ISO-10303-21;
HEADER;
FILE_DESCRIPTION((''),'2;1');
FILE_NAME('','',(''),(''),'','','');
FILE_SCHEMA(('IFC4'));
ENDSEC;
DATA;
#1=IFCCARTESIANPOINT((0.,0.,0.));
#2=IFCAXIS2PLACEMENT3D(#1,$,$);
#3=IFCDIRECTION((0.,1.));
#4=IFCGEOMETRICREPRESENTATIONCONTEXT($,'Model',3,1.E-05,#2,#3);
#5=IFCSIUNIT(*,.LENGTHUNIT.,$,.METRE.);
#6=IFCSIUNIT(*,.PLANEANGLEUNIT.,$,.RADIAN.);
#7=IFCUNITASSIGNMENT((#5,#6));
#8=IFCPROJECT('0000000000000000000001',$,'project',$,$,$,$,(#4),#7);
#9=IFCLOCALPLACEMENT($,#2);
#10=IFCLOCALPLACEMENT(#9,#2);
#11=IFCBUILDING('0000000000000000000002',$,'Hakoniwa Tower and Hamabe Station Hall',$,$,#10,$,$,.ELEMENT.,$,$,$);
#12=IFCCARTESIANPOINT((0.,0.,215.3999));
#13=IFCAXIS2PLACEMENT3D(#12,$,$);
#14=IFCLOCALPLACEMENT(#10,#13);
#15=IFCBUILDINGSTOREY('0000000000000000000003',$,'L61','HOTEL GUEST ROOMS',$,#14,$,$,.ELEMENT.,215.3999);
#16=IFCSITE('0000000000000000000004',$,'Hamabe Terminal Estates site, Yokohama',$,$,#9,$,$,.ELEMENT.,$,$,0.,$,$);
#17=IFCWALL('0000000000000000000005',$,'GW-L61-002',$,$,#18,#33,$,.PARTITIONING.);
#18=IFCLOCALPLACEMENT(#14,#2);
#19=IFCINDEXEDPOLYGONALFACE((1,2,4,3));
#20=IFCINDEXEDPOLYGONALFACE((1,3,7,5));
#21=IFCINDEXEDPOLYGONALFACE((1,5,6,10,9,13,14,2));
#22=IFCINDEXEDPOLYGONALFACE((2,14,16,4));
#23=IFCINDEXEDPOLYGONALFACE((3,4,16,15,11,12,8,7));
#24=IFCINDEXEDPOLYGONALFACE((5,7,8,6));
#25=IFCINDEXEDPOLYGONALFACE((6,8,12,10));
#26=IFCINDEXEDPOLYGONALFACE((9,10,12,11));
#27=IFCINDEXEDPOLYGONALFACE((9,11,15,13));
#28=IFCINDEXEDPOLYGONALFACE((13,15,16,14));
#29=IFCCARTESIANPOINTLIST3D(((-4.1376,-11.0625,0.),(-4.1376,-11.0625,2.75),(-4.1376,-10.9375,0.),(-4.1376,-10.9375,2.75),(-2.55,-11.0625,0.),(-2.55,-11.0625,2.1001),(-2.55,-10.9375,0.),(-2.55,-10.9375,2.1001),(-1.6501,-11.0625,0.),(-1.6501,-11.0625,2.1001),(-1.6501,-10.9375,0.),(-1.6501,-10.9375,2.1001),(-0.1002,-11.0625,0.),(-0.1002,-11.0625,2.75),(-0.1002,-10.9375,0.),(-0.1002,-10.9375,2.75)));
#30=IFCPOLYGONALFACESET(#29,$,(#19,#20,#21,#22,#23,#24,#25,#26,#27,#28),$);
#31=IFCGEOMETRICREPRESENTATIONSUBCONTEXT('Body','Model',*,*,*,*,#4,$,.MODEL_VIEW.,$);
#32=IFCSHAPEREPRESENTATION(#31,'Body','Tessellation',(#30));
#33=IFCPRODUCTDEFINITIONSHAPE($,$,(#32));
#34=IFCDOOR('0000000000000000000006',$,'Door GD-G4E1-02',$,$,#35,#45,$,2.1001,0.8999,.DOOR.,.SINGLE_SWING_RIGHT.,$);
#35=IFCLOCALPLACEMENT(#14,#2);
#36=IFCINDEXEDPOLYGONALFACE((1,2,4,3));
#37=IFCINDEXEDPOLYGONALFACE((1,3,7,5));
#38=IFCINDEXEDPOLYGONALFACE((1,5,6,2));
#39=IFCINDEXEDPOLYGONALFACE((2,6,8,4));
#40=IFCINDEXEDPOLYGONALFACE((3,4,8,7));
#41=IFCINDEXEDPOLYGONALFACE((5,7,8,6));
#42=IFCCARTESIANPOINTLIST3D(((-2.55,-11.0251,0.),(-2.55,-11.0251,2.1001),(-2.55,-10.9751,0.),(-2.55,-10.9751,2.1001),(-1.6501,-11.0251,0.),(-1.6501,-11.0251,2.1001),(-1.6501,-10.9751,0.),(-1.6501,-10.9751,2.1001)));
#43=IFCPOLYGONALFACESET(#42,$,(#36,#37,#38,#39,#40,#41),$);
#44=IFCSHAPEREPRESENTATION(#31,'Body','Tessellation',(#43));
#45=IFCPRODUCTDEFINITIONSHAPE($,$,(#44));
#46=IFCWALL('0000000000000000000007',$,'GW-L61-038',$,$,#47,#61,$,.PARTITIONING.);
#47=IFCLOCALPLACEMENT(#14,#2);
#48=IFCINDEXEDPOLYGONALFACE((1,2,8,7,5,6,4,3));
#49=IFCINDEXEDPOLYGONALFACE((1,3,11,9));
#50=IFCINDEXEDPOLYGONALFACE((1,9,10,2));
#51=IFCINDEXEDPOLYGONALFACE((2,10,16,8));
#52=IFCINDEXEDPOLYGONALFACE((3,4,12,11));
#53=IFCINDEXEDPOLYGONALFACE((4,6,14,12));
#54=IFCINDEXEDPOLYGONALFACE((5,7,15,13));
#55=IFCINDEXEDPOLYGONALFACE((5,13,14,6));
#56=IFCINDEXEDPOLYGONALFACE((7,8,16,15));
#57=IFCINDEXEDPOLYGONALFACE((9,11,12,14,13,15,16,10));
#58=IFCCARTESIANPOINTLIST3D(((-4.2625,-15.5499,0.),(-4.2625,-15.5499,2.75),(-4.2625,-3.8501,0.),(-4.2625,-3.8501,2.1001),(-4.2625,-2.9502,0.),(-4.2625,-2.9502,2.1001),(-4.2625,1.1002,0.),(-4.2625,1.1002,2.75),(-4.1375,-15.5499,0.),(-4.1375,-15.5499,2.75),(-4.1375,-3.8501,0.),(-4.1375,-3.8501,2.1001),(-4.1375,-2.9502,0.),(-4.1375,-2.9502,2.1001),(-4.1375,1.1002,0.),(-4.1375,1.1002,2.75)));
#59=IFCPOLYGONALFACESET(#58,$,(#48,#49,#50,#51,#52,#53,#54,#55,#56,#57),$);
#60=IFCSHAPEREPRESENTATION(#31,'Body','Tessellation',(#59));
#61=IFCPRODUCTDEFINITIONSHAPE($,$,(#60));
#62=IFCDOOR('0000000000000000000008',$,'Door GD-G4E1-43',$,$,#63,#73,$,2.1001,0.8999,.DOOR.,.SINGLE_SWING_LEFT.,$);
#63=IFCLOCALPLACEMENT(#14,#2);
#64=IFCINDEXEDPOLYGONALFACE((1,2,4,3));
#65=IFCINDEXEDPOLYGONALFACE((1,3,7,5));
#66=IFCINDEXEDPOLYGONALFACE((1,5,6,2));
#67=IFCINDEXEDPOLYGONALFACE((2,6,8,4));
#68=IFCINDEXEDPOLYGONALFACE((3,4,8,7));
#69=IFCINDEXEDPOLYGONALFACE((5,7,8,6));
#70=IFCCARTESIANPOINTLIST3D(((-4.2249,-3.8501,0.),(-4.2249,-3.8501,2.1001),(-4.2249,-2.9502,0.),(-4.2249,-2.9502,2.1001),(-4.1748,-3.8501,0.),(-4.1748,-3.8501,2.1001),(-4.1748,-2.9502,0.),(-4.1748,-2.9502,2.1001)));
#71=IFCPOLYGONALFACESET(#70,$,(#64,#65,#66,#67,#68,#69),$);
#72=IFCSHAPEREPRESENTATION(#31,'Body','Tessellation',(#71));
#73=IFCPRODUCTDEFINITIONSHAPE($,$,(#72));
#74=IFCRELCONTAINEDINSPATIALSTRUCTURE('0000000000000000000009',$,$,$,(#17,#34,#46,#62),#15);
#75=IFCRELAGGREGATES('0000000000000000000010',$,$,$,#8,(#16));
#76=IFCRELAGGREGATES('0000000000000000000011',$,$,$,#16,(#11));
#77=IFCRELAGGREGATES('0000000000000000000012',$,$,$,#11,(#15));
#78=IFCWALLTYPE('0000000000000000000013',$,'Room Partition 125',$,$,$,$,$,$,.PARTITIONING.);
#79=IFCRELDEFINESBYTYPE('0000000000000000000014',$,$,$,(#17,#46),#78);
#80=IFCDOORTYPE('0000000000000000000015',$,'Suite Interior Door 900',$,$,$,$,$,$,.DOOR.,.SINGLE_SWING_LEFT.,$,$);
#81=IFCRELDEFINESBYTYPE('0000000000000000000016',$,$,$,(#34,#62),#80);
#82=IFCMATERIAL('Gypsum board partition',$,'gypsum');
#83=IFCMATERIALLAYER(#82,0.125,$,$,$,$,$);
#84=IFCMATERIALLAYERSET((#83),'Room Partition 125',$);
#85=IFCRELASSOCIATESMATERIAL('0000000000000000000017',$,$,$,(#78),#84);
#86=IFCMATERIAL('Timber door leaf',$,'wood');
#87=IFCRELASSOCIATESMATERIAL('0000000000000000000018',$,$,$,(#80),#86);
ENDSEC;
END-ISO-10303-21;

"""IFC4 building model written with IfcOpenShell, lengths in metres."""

from ifc_helpers import new_model, si_unit, direction, frame, frame_2d, origin, place, context, subcontext, project, spatial, rectangle, extrude, material, layer, layer_set, type_object, element, fill, save


model = new_model("IFC4")

# Units and contexts
model_context = context("Model", 3, precision=1e-05, world=origin(), true_north=direction((0.0, 1.0)))
body_context = subcontext(model_context, "Body", "Model", "MODEL_VIEW")
ifc_project = project(units=[si_unit("LENGTHUNIT", "METRE"), si_unit("PLANEANGLEUNIT", "RADIAN")], contexts=[model_context])

# Site, building, storey
site_placement = place(None, origin())
site = spatial("IfcSite", under=ifc_project, at=site_placement, Name="Hamabe Terminal Estates site, Yokohama", CompositionType="ELEMENT", RefElevation=0.0)
building_placement = place(site_placement, origin())
building = spatial("IfcBuilding", under=site, at=building_placement, Name="Hakoniwa Tower and Hamabe Station Hall", CompositionType="ELEMENT")
storey_placement = place(building_placement, frame((0.0, 0.0, 215.3999)))
storey = spatial("IfcBuildingStorey", under=building, at=storey_placement, Name="L61", Description="HOTEL GUEST ROOMS", CompositionType="ELEMENT", Elevation=215.3999)

# Walls, openings, doors
ifc_material_1 = material(Name="Gypsum board partition", Category="gypsum")
ifc_layer_1 = layer(ifc_material_1, 0.125)
ifc_layer_set_1 = layer_set([ifc_layer_1], Name="Room Partition 125")
wall_type_1 = type_object("IfcWallType", Name="Room Partition 125", PredefinedType="PARTITIONING", material=ifc_layer_set_1)
wall_1_placement = place(storey_placement, frame((-4.1375, -11.0, 0.0), z_axis=(0.0, 0.0, 1.0), x_axis=(1.0, 0.0, 0.0)))
wall_1 = element("IfcWall", 1, at=wall_1_placement, inside=storey, type_object=wall_type_1, Name="GW-L61-002", PredefinedType="PARTITIONING", context=body_context, shape_type="SweptSolid", body=[
    extrude(rectangle(XDim=4.0374, YDim=0.125, at=frame_2d((2.0186, 0.0))), origin(), (0.0, 0.0, 1.0), 2.75),
])
opening_1_placement = place(wall_1_placement, frame((1.5874, 0.0, 0.0)))
opening_1 = element("IfcOpeningElement", 2, at=opening_1_placement, cuts=wall_1, PredefinedType="OPENING", context=body_context, shape_type="SweptSolid", body=[
    extrude(rectangle(XDim=0.8999, YDim=2.1001, at=frame_2d((0.45, 1.05))), frame((0.0, 0.0725, 0.0), z_axis=(0.0, -1.0, 0.0), x_axis=(1.0, 0.0, 0.0)), (0.0, 0.0, 1.0), 0.145),
])
ifc_material_2 = material(Name="Timber door leaf", Category="wood")
door_type_1 = type_object("IfcDoorType", Name="Suite Interior Door 900", OperationType="SINGLE_SWING_LEFT", PredefinedType="DOOR", material=ifc_material_2)
door_1_placement = place(opening_1_placement, origin())
door_1 = element("IfcDoor", 3, at=door_1_placement, inside=storey, type_object=door_type_1, Name="Door GD-G4E1-02", OperationType="SINGLE_SWING_RIGHT", OverallHeight=2.1001, OverallWidth=0.8999, PredefinedType="DOOR", context=body_context, shape_type="SweptSolid", body=[
    extrude(rectangle(XDim=0.8999, YDim=2.1001, at=frame_2d((0.45, 1.05))), frame((0.0, 0.0249, 0.0), z_axis=(0.0, -1.0, 0.0), x_axis=(1.0, 0.0, 0.0)), (0.0, 0.0, 1.0), 0.05),
])
fill(opening_1, door_1)
wall_2_placement = place(storey_placement, frame((-4.2, -15.55, 0.0), z_axis=(0.0, 0.0, 1.0), x_axis=(0.0, 1.0, 0.0)))
wall_2 = element("IfcWall", 4, at=wall_2_placement, inside=storey, type_object=wall_type_1, Name="GW-L61-038", PredefinedType="PARTITIONING", context=body_context, shape_type="SweptSolid", body=[
    extrude(rectangle(XDim=16.6501, YDim=0.125, at=frame_2d((8.3252, 0.0))), origin(), (0.0, 0.0, 1.0), 2.75),
])
opening_2_placement = place(wall_2_placement, frame((11.7, 0.0, 0.0)))
opening_2 = element("IfcOpeningElement", 5, at=opening_2_placement, cuts=wall_2, PredefinedType="OPENING", context=body_context, shape_type="SweptSolid", body=[
    extrude(rectangle(XDim=0.8999, YDim=2.1001, at=frame_2d((0.45, 1.05))), frame((0.0, 0.0725, 0.0), z_axis=(0.0, -1.0, 0.0), x_axis=(1.0, 0.0, 0.0)), (0.0, 0.0, 1.0), 0.145),
])
door_2_placement = place(opening_2_placement, origin())
door_2 = element("IfcDoor", 6, at=door_2_placement, inside=storey, type_object=door_type_1, Name="Door GD-G4E1-43", OperationType="SINGLE_SWING_LEFT", OverallHeight=2.1001, OverallWidth=0.8999, PredefinedType="DOOR", context=body_context, shape_type="SweptSolid", body=[
    extrude(rectangle(XDim=0.8999, YDim=2.1001, at=frame_2d((0.45, 1.05))), frame((0.0, 0.0249, 0.0), z_axis=(0.0, -1.0, 0.0), x_axis=(1.0, 0.0, 0.0)), (0.0, 0.0, 1.0), 0.05),
])
fill(opening_2, door_2)

save(model, "model.ifc")
